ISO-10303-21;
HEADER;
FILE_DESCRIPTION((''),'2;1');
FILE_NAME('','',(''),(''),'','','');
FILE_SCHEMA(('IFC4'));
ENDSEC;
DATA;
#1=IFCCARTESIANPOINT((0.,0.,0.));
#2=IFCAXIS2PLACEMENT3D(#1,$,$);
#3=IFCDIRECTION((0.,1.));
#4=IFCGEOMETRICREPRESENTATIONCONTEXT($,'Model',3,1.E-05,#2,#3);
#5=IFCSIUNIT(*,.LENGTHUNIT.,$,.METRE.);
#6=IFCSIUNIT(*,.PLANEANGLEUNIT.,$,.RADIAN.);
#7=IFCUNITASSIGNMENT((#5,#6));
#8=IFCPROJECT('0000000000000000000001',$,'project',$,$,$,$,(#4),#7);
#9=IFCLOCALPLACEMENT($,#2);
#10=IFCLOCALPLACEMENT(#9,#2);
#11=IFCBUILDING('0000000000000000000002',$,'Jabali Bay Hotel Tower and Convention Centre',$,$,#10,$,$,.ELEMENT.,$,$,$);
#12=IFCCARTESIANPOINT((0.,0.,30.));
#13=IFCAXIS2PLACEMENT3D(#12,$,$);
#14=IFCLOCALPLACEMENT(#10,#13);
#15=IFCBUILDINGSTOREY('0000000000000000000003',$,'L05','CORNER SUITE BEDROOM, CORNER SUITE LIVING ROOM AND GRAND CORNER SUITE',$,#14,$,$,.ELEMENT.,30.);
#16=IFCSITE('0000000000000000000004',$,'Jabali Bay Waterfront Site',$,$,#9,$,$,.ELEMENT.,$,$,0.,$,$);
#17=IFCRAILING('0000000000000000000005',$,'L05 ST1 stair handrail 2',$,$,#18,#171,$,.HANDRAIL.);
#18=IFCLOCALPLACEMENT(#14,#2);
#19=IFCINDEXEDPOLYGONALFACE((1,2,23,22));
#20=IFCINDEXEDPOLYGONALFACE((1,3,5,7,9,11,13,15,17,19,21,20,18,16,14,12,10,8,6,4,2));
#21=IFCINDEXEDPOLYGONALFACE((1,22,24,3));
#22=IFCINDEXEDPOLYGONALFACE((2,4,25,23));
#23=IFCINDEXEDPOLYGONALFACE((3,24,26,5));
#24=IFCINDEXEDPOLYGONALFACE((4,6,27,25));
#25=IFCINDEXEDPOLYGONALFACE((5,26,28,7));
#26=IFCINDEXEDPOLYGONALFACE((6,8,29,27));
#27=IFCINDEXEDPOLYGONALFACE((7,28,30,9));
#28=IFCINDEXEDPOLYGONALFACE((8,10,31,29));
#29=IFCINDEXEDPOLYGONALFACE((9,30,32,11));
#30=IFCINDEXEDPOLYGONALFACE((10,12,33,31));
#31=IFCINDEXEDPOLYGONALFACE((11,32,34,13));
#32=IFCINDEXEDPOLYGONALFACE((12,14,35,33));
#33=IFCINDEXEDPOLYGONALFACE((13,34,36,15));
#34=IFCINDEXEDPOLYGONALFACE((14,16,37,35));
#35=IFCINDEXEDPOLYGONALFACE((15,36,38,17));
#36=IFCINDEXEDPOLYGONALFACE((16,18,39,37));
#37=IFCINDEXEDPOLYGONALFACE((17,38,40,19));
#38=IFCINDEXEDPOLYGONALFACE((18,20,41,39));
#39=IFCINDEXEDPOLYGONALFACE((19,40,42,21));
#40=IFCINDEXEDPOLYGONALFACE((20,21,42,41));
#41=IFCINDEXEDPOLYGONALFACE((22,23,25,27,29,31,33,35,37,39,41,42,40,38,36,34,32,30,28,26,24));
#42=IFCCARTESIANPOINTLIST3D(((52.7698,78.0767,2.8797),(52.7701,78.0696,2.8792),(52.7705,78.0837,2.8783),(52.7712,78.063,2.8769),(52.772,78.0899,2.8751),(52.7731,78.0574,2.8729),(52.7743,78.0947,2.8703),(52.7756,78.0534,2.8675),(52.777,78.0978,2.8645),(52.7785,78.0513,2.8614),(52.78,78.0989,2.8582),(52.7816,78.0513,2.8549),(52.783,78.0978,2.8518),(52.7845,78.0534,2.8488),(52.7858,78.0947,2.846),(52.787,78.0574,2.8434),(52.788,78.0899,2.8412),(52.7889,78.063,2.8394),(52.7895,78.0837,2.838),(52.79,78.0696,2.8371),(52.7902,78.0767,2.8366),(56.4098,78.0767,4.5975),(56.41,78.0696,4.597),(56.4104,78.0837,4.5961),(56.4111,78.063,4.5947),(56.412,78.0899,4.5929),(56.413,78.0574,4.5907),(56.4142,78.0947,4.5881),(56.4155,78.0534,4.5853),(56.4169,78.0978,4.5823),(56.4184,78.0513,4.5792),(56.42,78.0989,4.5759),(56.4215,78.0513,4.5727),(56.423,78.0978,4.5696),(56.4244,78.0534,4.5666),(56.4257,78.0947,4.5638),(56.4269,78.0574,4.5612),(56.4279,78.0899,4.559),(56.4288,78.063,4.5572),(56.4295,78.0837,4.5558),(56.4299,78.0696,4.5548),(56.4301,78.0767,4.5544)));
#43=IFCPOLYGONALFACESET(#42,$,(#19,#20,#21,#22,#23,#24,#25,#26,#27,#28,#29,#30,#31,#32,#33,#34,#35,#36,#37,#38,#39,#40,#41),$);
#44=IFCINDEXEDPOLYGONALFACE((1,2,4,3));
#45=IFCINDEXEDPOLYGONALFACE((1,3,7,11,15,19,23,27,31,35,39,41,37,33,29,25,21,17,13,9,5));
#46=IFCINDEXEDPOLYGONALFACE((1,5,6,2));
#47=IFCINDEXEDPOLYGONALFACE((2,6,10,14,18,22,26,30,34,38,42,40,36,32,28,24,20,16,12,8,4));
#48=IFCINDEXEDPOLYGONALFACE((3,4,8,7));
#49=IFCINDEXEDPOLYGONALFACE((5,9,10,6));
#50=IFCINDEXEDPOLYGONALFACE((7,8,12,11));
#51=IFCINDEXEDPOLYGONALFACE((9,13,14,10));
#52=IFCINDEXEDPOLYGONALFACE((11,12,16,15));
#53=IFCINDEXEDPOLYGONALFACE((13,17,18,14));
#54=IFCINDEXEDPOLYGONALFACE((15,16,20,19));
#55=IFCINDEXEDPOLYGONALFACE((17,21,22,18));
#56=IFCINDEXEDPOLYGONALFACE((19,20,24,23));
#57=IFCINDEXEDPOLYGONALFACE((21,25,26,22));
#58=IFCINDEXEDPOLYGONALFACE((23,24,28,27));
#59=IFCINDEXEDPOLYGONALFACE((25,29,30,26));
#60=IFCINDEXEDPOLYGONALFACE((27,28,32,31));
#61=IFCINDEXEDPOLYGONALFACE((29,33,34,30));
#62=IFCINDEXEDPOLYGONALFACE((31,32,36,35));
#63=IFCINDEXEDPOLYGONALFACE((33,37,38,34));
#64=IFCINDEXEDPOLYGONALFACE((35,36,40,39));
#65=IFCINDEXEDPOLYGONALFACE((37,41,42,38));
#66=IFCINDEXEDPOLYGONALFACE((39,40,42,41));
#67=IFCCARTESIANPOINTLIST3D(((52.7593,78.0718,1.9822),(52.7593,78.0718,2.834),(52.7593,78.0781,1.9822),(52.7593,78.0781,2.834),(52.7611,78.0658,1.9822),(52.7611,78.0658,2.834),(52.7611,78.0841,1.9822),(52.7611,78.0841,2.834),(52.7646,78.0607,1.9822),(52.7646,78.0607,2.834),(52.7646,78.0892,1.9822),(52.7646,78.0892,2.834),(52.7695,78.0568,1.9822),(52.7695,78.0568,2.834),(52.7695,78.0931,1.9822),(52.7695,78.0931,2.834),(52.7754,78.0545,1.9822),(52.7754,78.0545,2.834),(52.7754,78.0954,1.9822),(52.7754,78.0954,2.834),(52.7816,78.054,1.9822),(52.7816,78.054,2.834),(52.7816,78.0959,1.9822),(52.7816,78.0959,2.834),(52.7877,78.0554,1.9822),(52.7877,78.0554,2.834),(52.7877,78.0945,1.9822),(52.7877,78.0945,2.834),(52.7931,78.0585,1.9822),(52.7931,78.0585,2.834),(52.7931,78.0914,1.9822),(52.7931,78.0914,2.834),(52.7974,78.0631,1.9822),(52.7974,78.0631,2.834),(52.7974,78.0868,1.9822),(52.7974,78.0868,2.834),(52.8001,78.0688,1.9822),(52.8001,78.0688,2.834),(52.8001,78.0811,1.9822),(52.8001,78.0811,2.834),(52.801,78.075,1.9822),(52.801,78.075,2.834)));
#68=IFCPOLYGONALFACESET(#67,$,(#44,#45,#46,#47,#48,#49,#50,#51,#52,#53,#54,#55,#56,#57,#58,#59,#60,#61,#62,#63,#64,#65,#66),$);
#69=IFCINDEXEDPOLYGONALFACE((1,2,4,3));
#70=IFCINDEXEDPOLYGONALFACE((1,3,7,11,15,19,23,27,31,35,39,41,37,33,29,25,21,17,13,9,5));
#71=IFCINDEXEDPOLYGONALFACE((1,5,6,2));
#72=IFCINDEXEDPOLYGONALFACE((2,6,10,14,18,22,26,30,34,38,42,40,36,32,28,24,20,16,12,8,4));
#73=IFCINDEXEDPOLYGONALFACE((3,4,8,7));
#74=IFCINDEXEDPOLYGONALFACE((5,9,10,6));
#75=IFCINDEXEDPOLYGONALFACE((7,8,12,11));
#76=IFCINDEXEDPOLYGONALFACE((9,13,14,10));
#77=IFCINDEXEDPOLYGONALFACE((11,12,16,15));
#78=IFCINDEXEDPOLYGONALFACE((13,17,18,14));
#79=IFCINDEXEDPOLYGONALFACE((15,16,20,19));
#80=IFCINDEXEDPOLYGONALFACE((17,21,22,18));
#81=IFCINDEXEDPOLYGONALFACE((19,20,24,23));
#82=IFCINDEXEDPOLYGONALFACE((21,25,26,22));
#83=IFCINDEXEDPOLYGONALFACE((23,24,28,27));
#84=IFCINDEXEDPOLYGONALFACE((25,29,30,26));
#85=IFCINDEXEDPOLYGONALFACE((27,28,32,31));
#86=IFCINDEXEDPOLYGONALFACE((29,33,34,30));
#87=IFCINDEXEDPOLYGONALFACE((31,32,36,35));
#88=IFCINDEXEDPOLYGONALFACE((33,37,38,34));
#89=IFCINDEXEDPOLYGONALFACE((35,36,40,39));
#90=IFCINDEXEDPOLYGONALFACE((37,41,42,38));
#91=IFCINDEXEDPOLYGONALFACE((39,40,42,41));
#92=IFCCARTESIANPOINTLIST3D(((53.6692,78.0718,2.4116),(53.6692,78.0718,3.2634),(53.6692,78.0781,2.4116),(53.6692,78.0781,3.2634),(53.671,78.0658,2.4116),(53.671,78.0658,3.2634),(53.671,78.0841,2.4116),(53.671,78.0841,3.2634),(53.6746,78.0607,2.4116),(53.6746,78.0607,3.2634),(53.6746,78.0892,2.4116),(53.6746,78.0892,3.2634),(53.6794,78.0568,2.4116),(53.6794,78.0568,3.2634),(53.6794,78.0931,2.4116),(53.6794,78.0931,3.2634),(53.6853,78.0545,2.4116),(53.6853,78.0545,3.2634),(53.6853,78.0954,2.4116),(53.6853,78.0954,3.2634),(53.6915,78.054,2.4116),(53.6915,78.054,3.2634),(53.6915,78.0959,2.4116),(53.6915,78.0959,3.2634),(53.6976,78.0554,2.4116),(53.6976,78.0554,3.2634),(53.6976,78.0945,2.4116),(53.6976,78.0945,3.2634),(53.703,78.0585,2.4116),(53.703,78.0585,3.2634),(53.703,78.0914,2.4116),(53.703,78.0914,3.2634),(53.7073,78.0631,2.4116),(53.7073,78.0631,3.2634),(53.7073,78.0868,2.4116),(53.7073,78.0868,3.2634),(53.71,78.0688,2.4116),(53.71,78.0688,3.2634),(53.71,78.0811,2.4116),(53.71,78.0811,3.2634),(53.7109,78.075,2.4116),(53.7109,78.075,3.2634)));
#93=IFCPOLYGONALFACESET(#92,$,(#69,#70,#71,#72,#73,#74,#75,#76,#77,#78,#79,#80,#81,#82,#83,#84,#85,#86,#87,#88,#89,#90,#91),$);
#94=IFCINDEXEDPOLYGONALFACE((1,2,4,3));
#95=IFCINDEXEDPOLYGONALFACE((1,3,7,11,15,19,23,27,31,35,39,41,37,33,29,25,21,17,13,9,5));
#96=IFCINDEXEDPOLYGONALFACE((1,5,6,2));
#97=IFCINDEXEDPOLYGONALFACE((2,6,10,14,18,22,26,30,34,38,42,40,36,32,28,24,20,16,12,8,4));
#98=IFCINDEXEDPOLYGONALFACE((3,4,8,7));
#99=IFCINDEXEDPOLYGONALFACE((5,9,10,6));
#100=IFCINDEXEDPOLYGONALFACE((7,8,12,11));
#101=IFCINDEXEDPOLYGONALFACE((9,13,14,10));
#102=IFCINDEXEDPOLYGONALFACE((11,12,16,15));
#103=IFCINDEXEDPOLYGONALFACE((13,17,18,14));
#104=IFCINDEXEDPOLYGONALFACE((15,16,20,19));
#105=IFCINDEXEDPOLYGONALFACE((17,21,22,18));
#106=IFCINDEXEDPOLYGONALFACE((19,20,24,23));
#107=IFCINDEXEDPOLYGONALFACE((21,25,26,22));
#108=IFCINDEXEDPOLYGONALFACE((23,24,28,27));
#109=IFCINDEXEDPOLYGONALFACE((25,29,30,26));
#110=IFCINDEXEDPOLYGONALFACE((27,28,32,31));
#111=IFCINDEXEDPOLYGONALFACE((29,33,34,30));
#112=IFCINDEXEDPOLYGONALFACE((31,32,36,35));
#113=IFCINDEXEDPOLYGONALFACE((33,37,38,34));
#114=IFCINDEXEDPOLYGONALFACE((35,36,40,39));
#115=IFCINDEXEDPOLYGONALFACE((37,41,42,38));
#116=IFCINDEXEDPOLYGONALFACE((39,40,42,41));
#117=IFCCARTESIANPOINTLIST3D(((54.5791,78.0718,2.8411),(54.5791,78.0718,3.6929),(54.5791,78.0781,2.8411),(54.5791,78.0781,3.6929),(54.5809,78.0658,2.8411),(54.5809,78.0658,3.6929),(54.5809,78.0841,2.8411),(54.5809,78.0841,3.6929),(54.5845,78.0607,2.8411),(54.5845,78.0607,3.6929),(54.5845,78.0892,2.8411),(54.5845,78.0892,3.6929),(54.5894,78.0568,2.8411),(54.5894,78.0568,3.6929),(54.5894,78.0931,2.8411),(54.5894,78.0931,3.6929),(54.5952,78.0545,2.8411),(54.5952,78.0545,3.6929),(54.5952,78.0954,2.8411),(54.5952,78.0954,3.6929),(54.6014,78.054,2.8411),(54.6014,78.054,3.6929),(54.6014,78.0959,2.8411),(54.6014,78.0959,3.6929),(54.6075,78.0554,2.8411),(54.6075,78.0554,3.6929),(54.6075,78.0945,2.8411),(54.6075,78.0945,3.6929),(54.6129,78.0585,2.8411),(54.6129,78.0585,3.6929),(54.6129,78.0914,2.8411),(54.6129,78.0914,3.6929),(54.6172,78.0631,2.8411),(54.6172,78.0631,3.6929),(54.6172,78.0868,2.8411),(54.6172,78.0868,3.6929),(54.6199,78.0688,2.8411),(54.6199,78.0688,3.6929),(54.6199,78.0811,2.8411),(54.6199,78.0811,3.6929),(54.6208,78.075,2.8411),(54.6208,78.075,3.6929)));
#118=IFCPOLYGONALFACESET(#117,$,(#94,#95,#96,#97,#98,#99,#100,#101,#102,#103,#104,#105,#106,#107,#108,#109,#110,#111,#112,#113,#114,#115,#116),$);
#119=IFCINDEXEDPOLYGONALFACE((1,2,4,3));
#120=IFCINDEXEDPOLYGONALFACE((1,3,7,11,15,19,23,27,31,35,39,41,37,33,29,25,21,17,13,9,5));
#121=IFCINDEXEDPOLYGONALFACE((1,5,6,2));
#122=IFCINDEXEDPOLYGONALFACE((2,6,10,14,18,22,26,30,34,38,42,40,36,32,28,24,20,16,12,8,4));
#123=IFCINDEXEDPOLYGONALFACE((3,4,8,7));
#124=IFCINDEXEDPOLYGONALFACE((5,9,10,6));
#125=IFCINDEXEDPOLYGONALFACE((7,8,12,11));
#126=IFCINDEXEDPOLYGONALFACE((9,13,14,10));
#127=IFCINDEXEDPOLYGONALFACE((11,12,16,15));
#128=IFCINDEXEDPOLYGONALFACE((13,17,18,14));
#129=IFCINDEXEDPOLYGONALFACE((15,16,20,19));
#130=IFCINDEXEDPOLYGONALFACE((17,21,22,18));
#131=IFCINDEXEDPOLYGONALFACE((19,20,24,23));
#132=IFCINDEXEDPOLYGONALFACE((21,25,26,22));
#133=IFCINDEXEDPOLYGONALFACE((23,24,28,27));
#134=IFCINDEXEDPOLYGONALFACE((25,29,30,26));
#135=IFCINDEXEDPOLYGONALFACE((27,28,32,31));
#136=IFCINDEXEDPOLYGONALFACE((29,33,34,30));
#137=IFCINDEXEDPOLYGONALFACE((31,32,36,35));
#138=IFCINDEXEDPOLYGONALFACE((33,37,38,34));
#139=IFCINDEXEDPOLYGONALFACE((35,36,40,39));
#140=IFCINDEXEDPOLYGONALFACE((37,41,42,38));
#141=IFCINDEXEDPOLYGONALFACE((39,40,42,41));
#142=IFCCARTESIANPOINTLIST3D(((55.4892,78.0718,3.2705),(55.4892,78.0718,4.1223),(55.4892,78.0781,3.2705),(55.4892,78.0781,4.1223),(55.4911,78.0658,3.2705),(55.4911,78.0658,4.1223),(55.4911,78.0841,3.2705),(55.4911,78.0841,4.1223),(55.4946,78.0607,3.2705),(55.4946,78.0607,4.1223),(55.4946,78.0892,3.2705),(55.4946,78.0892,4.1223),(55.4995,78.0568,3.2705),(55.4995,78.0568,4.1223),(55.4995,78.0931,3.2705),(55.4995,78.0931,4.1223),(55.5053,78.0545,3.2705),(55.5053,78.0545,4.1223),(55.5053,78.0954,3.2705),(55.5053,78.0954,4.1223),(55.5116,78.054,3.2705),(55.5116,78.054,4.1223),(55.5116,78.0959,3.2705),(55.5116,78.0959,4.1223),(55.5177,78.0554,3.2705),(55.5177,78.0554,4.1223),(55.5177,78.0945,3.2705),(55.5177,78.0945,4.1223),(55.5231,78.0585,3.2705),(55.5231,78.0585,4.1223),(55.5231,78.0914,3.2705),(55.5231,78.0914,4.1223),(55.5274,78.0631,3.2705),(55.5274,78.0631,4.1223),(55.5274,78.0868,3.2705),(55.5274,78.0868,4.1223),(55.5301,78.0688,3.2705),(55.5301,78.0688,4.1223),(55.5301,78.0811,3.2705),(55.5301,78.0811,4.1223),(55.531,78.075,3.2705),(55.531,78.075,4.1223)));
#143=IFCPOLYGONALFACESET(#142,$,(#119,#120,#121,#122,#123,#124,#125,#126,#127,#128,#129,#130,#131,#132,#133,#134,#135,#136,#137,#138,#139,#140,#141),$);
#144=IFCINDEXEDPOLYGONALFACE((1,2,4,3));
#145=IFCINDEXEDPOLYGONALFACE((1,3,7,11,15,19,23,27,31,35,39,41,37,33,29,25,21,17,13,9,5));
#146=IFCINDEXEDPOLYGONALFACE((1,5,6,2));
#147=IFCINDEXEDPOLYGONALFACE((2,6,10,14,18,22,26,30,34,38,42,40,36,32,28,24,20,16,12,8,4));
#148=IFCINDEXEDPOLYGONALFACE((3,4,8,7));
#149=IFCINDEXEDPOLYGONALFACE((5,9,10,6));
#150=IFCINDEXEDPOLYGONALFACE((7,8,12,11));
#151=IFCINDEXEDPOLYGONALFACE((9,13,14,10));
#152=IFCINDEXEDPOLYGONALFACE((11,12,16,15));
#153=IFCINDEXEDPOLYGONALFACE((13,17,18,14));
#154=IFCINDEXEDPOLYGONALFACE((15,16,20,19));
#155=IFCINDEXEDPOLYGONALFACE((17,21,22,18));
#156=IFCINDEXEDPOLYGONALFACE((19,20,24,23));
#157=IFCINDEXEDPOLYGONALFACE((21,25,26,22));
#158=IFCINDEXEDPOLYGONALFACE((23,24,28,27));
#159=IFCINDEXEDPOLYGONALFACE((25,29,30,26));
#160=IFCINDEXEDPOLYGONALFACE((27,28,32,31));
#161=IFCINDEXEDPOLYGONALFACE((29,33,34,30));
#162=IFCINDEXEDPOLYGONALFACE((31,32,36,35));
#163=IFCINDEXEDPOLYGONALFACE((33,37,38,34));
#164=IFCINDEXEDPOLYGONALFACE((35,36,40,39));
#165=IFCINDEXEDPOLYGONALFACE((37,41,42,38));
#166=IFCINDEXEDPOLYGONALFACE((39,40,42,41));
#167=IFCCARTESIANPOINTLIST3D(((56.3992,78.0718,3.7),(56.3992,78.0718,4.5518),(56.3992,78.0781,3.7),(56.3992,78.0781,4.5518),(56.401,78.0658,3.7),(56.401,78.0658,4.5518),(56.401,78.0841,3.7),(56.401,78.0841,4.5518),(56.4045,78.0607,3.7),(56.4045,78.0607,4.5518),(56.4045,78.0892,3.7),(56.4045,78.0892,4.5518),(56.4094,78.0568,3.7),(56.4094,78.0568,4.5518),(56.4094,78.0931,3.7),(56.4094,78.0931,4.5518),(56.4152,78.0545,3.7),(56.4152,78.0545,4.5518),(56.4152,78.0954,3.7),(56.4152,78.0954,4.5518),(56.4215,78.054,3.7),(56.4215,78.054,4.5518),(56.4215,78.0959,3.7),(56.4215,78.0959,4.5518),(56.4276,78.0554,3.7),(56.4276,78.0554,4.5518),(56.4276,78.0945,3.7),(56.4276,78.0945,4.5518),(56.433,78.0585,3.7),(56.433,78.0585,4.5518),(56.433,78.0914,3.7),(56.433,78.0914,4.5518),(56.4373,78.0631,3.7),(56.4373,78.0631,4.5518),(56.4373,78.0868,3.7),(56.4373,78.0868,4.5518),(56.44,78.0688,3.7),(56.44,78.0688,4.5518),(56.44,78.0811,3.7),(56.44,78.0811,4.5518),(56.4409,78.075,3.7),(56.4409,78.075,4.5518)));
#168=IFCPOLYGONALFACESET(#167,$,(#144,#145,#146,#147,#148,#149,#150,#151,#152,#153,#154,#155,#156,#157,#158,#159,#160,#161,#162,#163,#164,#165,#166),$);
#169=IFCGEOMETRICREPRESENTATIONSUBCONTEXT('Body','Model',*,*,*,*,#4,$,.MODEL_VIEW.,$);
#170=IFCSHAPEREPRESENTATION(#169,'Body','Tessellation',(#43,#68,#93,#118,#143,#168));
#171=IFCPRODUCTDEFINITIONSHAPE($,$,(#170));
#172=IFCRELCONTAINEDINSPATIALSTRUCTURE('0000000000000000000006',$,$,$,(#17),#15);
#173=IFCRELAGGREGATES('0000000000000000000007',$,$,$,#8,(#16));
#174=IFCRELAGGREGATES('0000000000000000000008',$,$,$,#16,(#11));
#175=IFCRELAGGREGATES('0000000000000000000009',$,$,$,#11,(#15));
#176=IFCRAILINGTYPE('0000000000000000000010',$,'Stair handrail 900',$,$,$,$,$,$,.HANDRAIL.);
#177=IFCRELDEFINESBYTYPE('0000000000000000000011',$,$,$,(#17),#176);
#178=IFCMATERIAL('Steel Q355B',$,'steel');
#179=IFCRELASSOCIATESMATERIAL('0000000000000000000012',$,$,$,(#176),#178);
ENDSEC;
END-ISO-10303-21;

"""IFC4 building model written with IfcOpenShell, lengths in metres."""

from ifc_helpers import new_model, si_unit, direction, frame, origin, origin_2d, place, context, subcontext, project, spatial, circle, extrude, material, type_object, element, save


model = new_model("IFC4")

# Units and contexts
model_context = context("Model", 3, precision=1e-05, world=origin(), true_north=direction((0.0, 1.0)))
body_context = subcontext(model_context, "Body", "Model", "MODEL_VIEW")
ifc_project = project(units=[si_unit("LENGTHUNIT", "METRE"), si_unit("PLANEANGLEUNIT", "RADIAN")], contexts=[model_context])

# Site, building, storey
site_placement = place(None, origin())
site = spatial("IfcSite", under=ifc_project, at=site_placement, Name="Jabali Bay Waterfront Site", CompositionType="ELEMENT", RefElevation=0.0)
building_placement = place(site_placement, origin())
building = spatial("IfcBuilding", under=site, at=building_placement, Name="Jabali Bay Hotel Tower and Convention Centre", CompositionType="ELEMENT")
storey_placement = place(building_placement, frame((0.0, 0.0, 30.0)))
storey = spatial("IfcBuildingStorey", under=building, at=storey_placement, Name="L05", Description="CORNER SUITE BEDROOM, CORNER SUITE LIVING ROOM AND GRAND CORNER SUITE", CompositionType="ELEMENT", Elevation=30.0)

# Railing
ifc_material_1 = material(Name="Steel Q355B", Category="steel")
railing_type = type_object("IfcRailingType", Name="Stair handrail 900", PredefinedType="HANDRAIL", material=ifc_material_1)
railing_placement = place(storey_placement, frame((52.78, 78.075, 1.9822)))
element("IfcRailing", 1, at=railing_placement, inside=storey, type_object=railing_type, Name="L05 ST1 stair handrail 2", PredefinedType="HANDRAIL", context=body_context, shape_type="SweptSolid", body=[
    extrude(circle(Radius=0.0239, at=origin_2d()), frame((0.0, 0.0, 0.876), z_axis=(0.904351, 0.0, 0.42679), x_axis=(0.0, 1.0, 0.0)), (0.0, 0.0, 1.0), 4.0249),
    extrude(circle(Radius=0.021, at=origin_2d()), origin(), (0.0, 0.0, 1.0), 0.8518),
    extrude(circle(Radius=0.021, at=origin_2d()), frame((0.9099, 0.0, 0.4294)), (0.0, 0.0, 1.0), 0.8518),
    extrude(circle(Radius=0.021, at=origin_2d()), frame((1.8198, 0.0, 0.8589)), (0.0, 0.0, 1.0), 0.8518),
    extrude(circle(Radius=0.021, at=origin_2d()), frame((2.73, 0.0, 1.2883)), (0.0, 0.0, 1.0), 0.8518),
    extrude(circle(Radius=0.021, at=origin_2d()), frame((3.6399, 0.0, 1.7178)), (0.0, 0.0, 1.0), 0.8518),
])

save(model, "model.ifc")
